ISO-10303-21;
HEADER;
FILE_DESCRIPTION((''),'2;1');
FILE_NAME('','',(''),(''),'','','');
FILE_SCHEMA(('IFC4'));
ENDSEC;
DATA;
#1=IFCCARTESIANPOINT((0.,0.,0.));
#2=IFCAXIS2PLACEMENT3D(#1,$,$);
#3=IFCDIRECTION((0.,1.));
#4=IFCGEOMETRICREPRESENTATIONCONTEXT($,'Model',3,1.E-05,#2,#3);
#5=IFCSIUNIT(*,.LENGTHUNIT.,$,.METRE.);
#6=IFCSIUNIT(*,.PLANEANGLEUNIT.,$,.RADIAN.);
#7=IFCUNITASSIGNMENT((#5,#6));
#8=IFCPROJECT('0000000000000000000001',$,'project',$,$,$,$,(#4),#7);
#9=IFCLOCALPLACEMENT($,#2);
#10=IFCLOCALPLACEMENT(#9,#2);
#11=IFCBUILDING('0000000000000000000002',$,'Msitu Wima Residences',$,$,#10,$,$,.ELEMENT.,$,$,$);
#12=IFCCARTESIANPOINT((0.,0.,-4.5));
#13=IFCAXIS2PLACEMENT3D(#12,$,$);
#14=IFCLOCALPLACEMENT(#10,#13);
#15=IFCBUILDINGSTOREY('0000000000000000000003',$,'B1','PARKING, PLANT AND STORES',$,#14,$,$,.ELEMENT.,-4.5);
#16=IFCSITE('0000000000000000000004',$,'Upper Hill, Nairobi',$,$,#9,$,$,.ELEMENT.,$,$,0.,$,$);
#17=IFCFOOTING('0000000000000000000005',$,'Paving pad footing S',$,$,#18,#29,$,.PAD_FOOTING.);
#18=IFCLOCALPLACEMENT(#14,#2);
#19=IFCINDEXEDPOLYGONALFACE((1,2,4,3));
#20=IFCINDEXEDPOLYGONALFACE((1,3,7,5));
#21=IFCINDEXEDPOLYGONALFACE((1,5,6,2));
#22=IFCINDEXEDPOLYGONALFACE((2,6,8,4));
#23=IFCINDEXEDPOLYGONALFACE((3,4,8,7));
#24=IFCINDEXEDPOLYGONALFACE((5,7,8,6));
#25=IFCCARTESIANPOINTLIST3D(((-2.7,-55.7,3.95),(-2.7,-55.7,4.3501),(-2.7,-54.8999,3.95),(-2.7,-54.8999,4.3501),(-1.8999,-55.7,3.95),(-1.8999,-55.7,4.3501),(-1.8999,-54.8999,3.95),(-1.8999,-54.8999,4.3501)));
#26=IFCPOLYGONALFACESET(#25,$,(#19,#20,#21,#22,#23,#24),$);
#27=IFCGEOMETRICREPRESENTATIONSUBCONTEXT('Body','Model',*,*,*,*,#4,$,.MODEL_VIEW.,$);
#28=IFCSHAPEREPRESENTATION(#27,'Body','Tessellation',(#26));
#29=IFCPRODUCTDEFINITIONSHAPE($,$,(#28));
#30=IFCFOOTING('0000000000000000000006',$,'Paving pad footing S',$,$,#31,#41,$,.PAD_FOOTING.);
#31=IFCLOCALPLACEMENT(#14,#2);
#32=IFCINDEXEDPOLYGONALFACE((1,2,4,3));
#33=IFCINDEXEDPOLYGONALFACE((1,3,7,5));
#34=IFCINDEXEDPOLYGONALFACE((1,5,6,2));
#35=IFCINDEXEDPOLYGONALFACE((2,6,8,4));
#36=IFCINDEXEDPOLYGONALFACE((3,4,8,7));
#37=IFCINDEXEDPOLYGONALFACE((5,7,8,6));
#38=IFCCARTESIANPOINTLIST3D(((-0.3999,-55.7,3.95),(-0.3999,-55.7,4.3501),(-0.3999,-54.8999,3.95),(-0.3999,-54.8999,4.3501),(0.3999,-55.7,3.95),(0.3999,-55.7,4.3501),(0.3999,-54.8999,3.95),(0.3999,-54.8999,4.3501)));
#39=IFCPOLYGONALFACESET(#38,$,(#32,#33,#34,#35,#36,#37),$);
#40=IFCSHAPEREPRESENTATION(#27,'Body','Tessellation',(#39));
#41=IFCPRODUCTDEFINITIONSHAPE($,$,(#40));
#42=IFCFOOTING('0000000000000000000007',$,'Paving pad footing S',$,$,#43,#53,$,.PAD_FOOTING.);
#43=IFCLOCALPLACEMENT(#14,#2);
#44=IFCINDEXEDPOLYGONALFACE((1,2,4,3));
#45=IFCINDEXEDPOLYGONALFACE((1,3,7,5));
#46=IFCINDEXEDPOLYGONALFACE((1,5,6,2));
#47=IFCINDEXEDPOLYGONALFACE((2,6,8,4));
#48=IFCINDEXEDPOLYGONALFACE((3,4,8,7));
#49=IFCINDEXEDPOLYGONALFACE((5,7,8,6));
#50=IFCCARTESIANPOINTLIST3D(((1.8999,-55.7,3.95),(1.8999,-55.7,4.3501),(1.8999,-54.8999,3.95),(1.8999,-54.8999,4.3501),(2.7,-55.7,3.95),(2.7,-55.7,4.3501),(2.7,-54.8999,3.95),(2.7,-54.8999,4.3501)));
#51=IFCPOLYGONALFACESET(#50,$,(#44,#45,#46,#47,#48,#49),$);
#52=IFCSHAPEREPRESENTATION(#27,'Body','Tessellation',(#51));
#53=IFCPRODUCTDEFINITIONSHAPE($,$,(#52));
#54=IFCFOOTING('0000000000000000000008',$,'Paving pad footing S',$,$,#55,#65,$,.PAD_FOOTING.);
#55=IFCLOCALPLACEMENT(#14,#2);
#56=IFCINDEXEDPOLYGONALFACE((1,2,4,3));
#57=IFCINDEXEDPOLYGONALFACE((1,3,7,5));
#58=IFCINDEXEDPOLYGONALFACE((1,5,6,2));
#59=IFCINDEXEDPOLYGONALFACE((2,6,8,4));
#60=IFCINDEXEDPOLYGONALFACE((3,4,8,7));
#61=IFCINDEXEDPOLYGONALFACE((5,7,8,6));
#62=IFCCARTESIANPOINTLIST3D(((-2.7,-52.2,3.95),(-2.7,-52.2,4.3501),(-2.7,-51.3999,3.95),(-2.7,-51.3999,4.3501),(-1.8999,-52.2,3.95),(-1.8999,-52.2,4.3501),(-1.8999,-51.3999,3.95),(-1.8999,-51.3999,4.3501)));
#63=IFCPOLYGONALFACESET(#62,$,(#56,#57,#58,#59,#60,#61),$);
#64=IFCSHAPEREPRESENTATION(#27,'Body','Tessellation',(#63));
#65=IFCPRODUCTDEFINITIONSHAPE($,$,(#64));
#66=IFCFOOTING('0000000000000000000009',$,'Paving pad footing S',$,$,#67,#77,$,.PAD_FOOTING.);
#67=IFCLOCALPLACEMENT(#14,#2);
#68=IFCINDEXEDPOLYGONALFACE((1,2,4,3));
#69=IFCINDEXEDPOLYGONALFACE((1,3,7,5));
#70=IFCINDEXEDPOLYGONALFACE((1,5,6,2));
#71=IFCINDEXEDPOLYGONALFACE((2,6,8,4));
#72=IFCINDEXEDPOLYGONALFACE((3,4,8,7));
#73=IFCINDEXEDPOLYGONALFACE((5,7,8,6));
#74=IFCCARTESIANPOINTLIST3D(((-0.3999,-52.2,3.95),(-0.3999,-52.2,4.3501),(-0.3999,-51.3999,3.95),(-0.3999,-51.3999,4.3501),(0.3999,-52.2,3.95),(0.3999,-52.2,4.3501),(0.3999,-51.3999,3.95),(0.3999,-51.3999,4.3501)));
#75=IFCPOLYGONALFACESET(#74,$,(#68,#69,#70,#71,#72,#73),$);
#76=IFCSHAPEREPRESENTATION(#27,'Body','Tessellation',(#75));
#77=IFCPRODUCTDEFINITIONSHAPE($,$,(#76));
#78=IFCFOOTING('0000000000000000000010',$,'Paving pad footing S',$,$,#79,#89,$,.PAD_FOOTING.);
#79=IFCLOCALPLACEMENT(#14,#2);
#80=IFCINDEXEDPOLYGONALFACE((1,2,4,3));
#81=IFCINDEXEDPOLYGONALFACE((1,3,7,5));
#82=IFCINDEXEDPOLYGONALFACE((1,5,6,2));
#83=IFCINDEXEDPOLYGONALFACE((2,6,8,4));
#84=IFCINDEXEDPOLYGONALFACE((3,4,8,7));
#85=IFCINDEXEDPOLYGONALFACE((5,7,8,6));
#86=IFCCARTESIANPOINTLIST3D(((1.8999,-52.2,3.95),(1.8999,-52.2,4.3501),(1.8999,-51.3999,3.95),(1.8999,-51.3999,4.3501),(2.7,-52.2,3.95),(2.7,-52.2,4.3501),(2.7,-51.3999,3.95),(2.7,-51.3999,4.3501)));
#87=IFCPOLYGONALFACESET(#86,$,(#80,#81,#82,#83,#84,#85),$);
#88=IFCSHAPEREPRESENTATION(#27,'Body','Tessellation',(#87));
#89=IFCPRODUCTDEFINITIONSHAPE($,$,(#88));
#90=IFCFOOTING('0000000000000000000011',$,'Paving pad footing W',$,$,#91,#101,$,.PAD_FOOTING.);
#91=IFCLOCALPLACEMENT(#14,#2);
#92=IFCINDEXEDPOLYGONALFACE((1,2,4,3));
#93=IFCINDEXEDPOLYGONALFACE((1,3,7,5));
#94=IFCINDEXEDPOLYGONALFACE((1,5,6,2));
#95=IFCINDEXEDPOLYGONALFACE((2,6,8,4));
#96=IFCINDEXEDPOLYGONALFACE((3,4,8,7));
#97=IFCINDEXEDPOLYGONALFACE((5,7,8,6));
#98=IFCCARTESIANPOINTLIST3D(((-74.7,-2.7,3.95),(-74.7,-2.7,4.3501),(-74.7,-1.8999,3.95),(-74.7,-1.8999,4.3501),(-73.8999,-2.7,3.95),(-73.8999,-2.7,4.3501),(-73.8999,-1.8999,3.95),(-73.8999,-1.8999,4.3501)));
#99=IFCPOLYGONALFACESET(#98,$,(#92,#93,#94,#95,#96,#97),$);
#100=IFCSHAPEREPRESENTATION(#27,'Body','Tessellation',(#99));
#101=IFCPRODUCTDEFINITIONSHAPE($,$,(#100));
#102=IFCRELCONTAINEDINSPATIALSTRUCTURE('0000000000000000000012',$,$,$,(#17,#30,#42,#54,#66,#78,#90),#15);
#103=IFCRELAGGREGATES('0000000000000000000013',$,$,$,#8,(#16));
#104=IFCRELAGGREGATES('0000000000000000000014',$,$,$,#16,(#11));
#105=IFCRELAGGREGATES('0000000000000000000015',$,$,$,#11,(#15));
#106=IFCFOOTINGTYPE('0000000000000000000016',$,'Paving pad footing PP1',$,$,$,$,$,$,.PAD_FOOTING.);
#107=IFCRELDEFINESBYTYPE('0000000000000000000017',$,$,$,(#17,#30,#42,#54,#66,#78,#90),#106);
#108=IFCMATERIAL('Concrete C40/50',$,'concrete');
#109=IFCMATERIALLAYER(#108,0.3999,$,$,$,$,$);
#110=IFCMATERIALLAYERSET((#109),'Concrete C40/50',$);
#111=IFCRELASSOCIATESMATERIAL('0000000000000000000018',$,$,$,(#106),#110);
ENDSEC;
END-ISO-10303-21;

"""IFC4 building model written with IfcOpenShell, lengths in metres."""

from ifc_helpers import new_model, si_unit, direction, frame, origin, place, context, subcontext, project, spatial, polyline, outline, extrude, material, layer, layer_set, type_object, element, save


model = new_model("IFC4")

# Units and contexts
model_context = context("Model", 3, precision=1e-05, world=origin(), true_north=direction((0.0, 1.0)))
body_context = subcontext(model_context, "Body", "Model", "MODEL_VIEW")
ifc_project = project(units=[si_unit("LENGTHUNIT", "METRE"), si_unit("PLANEANGLEUNIT", "RADIAN")], contexts=[model_context])

# Site, building, storey
site_placement = place(None, origin())
site = spatial("IfcSite", under=ifc_project, at=site_placement, Name="Upper Hill, Nairobi", CompositionType="ELEMENT", RefElevation=0.0)
building_placement = place(site_placement, origin())
building = spatial("IfcBuilding", under=site, at=building_placement, Name="Msitu Wima Residences", CompositionType="ELEMENT")
storey_placement = place(building_placement, frame((0.0, 0.0, -4.5)))
storey = spatial("IfcBuildingStorey", under=building, at=storey_placement, Name="B1", Description="PARKING, PLANT AND STORES", CompositionType="ELEMENT", Elevation=-4.5)

# Footings
ifc_material = material(Name="Concrete C40/50", Category="concrete")
ifc_layer = layer(ifc_material, 0.3999)
ifc_layer_set = layer_set([ifc_layer], Name="Concrete C40/50")
footing_type = type_object("IfcFootingType", Name="Paving pad footing PP1", PredefinedType="PAD_FOOTING", material=ifc_layer_set)
footing_1_placement = place(storey_placement, frame((0.0, 0.0, 3.95)))
element("IfcFooting", 1, at=footing_1_placement, inside=storey, type_object=footing_type, Name="Paving pad footing S", PredefinedType="PAD_FOOTING", context=body_context, shape_type="SweptSolid", body=[
    extrude(outline(polyline([(-1.8999, -55.7), (-1.8999, -54.8999), (-2.7, -54.8999), (-2.7, -55.7), (-1.8999, -55.7)])), origin(), (0.0, 0.0, 1.0), 0.4001),
])
footing_2_placement = place(storey_placement, frame((0.0, 0.0, 3.95)))
element("IfcFooting", 2, at=footing_2_placement, inside=storey, type_object=footing_type, Name="Paving pad footing S", PredefinedType="PAD_FOOTING", context=body_context, shape_type="SweptSolid", body=[
    extrude(outline(polyline([(0.3999, -55.7), (0.3999, -54.8999), (-0.3999, -54.8999), (-0.3999, -55.7), (0.3999, -55.7)])), origin(), (0.0, 0.0, 1.0), 0.4001),
])
footing_3_placement = place(storey_placement, frame((0.0, 0.0, 3.95)))
element("IfcFooting", 3, at=footing_3_placement, inside=storey, type_object=footing_type, Name="Paving pad footing S", PredefinedType="PAD_FOOTING", context=body_context, shape_type="SweptSolid", body=[
    extrude(outline(polyline([(2.7, -55.7), (2.7, -54.8999), (1.8999, -54.8999), (1.8999, -55.7), (2.7, -55.7)])), origin(), (0.0, 0.0, 1.0), 0.4001),
])
footing_4_placement = place(storey_placement, frame((0.0, 0.0, 3.95)))
element("IfcFooting", 4, at=footing_4_placement, inside=storey, type_object=footing_type, Name="Paving pad footing S", PredefinedType="PAD_FOOTING", context=body_context, shape_type="SweptSolid", body=[
    extrude(outline(polyline([(-1.8999, -52.2), (-1.8999, -51.3999), (-2.7, -51.3999), (-2.7, -52.2), (-1.8999, -52.2)])), origin(), (0.0, 0.0, 1.0), 0.4001),
])
footing_5_placement = place(storey_placement, frame((0.0, 0.0, 3.95)))
element("IfcFooting", 5, at=footing_5_placement, inside=storey, type_object=footing_type, Name="Paving pad footing S", PredefinedType="PAD_FOOTING", context=body_context, shape_type="SweptSolid", body=[
    extrude(outline(polyline([(0.3999, -52.2), (0.3999, -51.3999), (-0.3999, -51.3999), (-0.3999, -52.2), (0.3999, -52.2)])), origin(), (0.0, 0.0, 1.0), 0.4001),
])
footing_6_placement = place(storey_placement, frame((0.0, 0.0, 3.95)))
element("IfcFooting", 6, at=footing_6_placement, inside=storey, type_object=footing_type, Name="Paving pad footing S", PredefinedType="PAD_FOOTING", context=body_context, shape_type="SweptSolid", body=[
    extrude(outline(polyline([(2.7, -52.2), (2.7, -51.3999), (1.8999, -51.3999), (1.8999, -52.2), (2.7, -52.2)])), origin(), (0.0, 0.0, 1.0), 0.4001),
])
footing_7_placement = place(storey_placement, frame((0.0, 0.0, 3.95)))
element("IfcFooting", 7, at=footing_7_placement, inside=storey, type_object=footing_type, Name="Paving pad footing W", PredefinedType="PAD_FOOTING", context=body_context, shape_type="SweptSolid", body=[
    extrude(outline(polyline([(-73.8999, -2.7), (-73.8999, -1.8999), (-74.7, -1.8999), (-74.7, -2.7), (-73.8999, -2.7)])), origin(), (0.0, 0.0, 1.0), 0.4001),
])

save(model, "model.ifc")
